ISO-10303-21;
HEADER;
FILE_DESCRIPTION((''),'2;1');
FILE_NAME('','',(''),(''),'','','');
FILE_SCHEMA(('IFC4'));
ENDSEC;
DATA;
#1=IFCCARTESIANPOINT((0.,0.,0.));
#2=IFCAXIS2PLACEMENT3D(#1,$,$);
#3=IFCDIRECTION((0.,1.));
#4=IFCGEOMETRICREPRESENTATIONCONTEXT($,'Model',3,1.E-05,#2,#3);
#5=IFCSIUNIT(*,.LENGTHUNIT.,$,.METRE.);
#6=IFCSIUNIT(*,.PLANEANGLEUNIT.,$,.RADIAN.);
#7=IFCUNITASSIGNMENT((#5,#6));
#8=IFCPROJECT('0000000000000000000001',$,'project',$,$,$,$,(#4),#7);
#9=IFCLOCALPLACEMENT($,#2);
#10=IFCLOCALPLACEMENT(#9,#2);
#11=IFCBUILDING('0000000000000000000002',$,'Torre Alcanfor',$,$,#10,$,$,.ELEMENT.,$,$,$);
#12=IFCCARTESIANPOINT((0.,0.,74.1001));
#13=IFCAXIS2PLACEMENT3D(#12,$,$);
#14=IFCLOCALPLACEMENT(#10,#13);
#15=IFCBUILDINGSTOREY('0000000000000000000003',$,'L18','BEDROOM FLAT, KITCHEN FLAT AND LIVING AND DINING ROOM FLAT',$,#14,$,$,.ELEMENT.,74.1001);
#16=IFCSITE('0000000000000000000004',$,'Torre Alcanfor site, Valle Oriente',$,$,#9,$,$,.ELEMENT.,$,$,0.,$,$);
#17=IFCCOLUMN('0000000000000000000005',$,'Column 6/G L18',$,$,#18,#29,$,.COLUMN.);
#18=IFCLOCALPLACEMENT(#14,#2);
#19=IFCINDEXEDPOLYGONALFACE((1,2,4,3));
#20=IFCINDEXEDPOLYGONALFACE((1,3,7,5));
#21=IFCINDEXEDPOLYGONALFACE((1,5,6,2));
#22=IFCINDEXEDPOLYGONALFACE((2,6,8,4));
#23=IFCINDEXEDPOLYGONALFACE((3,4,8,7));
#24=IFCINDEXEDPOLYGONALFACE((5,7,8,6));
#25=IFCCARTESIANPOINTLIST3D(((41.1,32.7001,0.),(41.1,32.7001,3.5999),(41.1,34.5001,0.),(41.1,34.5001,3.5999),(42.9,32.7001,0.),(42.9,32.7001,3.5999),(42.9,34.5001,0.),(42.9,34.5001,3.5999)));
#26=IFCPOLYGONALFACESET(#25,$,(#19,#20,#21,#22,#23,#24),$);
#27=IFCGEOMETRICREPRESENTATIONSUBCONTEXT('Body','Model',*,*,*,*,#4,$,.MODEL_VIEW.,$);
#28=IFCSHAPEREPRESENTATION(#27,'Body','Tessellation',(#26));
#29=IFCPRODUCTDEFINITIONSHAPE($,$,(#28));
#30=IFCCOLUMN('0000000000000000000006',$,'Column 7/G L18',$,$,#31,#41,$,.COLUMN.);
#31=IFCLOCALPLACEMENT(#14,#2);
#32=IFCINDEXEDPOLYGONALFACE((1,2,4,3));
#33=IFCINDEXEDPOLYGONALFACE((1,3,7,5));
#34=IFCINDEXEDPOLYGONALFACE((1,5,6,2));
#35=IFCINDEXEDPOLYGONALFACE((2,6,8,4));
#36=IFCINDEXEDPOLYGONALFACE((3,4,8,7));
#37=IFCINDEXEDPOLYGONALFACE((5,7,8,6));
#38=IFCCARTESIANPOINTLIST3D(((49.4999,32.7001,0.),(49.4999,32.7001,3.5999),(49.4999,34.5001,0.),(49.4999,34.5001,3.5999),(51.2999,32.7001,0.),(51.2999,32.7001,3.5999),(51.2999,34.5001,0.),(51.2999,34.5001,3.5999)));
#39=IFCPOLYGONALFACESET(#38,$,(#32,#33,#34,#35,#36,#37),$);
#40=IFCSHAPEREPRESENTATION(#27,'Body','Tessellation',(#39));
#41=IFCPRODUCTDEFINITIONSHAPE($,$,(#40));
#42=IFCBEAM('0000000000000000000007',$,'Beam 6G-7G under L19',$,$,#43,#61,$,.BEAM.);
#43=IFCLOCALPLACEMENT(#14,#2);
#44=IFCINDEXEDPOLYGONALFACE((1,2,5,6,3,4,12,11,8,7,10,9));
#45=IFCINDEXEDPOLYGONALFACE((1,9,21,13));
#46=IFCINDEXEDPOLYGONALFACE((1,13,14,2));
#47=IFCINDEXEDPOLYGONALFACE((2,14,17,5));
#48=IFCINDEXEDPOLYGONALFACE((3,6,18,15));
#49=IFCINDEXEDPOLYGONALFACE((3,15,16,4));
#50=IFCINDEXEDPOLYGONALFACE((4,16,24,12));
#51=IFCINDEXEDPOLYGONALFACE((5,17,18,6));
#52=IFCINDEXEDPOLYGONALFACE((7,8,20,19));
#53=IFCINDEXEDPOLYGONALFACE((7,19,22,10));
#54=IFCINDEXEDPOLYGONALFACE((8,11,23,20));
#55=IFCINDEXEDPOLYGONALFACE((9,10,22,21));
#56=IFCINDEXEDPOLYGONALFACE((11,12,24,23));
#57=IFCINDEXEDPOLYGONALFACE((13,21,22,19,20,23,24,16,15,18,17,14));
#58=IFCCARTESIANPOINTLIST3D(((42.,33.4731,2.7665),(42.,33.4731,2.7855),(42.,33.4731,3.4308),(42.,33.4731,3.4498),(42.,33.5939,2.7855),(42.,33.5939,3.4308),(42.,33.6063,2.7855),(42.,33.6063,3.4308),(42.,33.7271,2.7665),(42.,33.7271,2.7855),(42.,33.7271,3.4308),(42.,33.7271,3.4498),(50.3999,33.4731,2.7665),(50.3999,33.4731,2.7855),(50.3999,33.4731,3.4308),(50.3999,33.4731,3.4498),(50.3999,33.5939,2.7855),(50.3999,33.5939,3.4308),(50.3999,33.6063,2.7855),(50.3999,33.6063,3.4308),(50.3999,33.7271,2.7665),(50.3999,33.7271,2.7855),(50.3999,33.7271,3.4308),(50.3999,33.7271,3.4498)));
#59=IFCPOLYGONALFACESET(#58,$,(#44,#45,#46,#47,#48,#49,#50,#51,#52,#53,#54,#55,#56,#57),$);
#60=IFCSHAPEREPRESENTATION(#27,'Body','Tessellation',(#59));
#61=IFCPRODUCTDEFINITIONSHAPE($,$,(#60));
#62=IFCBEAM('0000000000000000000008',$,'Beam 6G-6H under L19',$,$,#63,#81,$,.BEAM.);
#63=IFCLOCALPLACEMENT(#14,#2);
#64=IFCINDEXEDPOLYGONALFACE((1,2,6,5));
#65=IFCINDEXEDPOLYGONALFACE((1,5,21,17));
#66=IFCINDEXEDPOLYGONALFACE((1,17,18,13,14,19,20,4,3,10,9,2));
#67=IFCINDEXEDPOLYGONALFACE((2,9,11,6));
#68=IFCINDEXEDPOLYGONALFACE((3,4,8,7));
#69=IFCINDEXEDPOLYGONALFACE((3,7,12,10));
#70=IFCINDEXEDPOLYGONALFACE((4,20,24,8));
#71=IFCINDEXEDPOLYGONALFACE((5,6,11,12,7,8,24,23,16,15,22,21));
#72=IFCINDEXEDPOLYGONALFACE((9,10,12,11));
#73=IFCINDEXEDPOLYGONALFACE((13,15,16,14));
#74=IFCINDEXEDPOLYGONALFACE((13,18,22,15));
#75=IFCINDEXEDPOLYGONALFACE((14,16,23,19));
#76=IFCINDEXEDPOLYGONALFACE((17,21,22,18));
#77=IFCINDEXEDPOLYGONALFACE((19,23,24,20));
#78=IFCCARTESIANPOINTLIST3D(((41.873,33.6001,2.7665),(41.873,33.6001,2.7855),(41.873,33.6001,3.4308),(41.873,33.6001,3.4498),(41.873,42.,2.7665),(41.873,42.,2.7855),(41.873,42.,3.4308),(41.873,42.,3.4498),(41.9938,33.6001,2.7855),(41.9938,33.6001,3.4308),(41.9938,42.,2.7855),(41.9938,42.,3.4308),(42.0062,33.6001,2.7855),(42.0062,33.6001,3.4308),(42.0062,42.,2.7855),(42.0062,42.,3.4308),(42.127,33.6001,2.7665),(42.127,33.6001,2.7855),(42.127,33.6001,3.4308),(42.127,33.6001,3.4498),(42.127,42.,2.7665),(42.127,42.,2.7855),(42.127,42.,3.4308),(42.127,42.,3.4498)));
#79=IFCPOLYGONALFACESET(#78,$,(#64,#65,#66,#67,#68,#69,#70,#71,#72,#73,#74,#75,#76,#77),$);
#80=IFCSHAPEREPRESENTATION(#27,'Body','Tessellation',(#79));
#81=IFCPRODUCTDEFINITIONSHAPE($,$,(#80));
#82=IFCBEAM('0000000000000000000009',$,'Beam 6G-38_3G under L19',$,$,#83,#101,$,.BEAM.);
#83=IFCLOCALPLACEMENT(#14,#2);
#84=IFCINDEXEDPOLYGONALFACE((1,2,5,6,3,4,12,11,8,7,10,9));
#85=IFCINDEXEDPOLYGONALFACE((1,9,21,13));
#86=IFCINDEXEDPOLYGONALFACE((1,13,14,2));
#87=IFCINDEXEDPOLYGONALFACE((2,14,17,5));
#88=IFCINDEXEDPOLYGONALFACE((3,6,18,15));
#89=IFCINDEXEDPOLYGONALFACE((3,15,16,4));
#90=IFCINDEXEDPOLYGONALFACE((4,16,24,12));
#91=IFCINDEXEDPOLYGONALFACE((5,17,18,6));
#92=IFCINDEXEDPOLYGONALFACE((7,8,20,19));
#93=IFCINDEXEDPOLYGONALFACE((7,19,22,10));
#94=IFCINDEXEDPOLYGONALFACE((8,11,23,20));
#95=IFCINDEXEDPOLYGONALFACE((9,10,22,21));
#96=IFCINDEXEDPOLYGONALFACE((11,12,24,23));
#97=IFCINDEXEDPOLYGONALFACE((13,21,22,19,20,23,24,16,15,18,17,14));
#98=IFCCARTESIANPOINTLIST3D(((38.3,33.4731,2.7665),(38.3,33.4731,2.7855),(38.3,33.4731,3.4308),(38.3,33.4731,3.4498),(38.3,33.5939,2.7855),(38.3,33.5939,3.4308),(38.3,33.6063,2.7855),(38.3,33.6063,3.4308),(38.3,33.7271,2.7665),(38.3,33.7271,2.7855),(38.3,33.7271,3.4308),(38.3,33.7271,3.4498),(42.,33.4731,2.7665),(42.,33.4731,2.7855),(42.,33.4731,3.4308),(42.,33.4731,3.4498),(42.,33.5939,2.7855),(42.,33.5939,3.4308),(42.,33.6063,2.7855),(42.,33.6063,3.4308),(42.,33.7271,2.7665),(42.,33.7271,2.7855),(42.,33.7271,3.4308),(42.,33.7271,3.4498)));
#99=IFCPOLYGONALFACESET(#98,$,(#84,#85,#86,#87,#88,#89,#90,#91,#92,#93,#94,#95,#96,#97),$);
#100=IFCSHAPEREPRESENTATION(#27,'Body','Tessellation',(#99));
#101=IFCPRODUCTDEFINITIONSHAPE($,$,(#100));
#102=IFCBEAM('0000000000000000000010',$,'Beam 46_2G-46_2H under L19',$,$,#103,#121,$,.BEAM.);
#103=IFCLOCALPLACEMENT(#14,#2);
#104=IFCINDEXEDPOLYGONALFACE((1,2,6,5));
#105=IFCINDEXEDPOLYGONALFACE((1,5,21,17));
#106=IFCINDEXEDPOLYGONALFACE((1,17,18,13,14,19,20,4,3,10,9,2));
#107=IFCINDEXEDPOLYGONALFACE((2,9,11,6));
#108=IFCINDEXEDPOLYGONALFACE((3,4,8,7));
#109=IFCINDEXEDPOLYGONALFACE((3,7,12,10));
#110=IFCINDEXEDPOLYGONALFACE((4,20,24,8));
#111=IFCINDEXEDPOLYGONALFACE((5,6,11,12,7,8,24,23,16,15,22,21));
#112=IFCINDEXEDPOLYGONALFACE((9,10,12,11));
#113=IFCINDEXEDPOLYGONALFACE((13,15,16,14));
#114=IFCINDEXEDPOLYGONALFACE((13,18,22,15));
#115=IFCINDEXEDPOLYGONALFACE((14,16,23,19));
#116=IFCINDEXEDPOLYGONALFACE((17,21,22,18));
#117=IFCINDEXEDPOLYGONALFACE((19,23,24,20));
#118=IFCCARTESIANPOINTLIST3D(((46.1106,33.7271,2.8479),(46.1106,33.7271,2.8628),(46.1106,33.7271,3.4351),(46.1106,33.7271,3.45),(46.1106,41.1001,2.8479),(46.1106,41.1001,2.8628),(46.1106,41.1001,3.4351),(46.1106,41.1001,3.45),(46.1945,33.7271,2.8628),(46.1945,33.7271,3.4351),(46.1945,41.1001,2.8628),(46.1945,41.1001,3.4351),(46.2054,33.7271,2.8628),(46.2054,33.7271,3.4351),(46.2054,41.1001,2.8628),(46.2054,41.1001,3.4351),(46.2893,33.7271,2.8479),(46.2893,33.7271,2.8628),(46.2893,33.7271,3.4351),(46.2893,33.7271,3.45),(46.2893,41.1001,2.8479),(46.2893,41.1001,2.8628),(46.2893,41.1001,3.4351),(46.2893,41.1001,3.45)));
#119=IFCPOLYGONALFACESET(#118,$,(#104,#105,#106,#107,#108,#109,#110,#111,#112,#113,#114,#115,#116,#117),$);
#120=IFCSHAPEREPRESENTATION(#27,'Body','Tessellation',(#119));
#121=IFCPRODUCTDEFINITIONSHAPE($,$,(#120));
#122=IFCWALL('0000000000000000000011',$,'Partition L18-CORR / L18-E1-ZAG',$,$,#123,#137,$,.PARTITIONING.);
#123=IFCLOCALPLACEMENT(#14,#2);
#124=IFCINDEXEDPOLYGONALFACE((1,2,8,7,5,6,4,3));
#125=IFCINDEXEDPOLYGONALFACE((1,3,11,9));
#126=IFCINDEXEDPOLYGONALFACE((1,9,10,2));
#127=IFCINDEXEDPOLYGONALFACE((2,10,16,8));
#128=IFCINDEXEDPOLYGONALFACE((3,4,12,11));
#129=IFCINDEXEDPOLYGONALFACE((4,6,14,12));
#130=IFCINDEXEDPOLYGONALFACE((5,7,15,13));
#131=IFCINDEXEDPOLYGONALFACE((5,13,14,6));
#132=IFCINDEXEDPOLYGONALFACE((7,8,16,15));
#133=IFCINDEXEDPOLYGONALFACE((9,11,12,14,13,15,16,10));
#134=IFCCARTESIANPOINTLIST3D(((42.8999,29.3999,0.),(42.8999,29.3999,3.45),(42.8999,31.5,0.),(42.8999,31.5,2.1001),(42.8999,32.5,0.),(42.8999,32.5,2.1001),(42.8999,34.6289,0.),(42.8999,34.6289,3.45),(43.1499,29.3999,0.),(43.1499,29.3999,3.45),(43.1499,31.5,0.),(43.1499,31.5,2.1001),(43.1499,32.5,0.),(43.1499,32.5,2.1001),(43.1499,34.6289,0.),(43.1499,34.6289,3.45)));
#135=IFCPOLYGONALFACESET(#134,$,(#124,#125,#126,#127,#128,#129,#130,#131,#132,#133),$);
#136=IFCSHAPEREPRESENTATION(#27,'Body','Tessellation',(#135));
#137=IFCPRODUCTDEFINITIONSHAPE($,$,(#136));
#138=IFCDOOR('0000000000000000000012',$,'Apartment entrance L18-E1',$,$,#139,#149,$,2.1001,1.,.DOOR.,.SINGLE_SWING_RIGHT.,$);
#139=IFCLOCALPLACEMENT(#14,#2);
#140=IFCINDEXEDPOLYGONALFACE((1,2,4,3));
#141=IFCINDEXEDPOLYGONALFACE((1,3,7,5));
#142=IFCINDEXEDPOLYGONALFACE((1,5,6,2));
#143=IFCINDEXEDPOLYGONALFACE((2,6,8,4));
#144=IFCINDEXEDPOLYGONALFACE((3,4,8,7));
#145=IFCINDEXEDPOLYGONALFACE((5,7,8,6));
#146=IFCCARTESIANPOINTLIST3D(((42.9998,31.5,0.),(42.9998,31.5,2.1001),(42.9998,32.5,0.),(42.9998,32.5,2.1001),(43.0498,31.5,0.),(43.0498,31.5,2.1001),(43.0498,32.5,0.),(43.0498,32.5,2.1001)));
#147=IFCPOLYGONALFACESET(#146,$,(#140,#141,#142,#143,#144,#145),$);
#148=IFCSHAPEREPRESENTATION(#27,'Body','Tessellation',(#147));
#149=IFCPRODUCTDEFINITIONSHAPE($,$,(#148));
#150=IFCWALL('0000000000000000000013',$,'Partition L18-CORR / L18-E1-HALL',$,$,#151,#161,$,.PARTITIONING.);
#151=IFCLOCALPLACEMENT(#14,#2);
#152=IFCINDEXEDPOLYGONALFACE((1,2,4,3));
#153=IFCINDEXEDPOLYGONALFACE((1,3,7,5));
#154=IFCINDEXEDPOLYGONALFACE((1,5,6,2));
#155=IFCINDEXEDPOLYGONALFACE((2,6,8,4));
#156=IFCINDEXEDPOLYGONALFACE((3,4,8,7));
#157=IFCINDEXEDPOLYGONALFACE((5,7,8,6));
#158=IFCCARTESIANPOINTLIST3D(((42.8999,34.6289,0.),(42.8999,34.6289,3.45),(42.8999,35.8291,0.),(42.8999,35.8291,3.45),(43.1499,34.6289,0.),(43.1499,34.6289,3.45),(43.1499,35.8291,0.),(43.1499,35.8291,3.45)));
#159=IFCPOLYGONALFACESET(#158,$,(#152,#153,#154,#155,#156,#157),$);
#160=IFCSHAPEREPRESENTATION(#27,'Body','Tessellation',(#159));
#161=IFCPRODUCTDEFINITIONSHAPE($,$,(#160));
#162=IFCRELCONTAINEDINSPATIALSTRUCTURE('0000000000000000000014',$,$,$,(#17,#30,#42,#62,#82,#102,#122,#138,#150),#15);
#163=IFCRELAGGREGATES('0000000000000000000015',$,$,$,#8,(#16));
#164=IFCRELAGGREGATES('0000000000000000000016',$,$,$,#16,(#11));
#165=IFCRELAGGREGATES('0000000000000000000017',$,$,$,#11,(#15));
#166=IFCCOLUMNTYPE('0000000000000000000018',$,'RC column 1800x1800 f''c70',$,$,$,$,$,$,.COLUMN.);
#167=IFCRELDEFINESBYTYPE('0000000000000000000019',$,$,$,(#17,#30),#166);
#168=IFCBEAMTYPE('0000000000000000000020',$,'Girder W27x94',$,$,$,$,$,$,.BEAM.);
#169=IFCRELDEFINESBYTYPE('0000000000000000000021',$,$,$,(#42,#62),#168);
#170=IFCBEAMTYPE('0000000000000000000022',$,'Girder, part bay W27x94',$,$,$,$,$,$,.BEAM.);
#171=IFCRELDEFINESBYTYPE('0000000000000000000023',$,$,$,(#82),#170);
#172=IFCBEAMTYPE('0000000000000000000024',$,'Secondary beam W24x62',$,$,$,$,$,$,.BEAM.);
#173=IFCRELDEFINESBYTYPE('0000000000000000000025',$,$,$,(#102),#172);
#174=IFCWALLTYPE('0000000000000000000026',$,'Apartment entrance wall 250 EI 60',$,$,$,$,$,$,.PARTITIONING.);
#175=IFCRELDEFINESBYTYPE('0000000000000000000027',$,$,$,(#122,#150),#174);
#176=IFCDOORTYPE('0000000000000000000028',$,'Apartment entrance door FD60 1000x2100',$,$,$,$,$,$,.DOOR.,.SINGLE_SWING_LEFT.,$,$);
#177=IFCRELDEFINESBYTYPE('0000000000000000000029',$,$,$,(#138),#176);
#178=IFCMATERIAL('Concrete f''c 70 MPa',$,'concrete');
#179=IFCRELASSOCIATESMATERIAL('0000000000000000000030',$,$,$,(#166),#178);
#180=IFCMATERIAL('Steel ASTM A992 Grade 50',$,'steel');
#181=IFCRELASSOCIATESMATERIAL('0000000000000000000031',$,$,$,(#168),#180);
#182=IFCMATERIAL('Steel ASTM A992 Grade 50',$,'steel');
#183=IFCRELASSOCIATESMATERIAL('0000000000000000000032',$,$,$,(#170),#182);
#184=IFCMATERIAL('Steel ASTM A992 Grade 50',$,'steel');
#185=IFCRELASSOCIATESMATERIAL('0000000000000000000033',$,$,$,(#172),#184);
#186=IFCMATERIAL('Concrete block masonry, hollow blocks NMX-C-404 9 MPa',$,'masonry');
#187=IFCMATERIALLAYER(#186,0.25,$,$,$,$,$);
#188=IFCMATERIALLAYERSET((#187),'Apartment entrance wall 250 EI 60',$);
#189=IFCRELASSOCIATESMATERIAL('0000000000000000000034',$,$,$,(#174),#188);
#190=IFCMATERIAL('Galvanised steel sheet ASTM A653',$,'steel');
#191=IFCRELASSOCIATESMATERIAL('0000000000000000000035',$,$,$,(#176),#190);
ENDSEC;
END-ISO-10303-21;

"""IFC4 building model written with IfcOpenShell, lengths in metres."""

from ifc_helpers import new_model, si_unit, direction, frame, frame_2d, origin, origin_2d, place, context, subcontext, project, spatial, rectangle, i_section, extrude, material, layer, layer_set, material_profile, profile_set, type_object, element, fill, save


model = new_model("IFC4")

# Units and contexts
model_context = context("Model", 3, precision=1e-05, world=origin(), true_north=direction((0.0, 1.0)))
body_context = subcontext(model_context, "Body", "Model", "MODEL_VIEW")
ifc_project = project(units=[si_unit("LENGTHUNIT", "METRE"), si_unit("PLANEANGLEUNIT", "RADIAN")], contexts=[model_context])

# Site, building, storey
site_placement = place(None, origin())
site = spatial("IfcSite", under=ifc_project, at=site_placement, Name="Torre Alcanfor site, Valle Oriente", CompositionType="ELEMENT", RefElevation=0.0)
building_placement = place(site_placement, origin())
building = spatial("IfcBuilding", under=site, at=building_placement, Name="Torre Alcanfor", CompositionType="ELEMENT")
storey_placement = place(building_placement, frame((0.0, 0.0, 74.1001)))
storey = spatial("IfcBuildingStorey", under=building, at=storey_placement, Name="L18", Description="BEDROOM FLAT, KITCHEN FLAT AND LIVING AND DINING ROOM FLAT", CompositionType="ELEMENT", Elevation=74.1001)

# Columns
ifc_material_1 = material(Name="Concrete f'c 70 MPa", Category="concrete")
ifc_material_profile_1 = material_profile(ifc_material_1, rectangle(XDim=1.8, YDim=1.8, at=origin_2d()), Name="1800x1800")
ifc_profile_set_1 = profile_set([ifc_material_profile_1], Name="Concrete f'c 70 MPa")
column_type = type_object("IfcColumnType", Name="RC column 1800x1800 f'c70", PredefinedType="COLUMN", material=ifc_profile_set_1)
for number, where, z_axis, x_axis, name in (
    (1, (42.0, 33.6001, 0.0), (0.0, 0.0, 1.0), (1.0, 0.0, 0.0), "Column 6/G L18"),
    (2, (50.3999, 33.6001, 0.0), (0.0, 0.0, 1.0), (1.0, 0.0, 0.0), "Column 7/G L18"),
):
    element("IfcColumn", number, at=place(storey_placement, frame(where, z_axis=z_axis, x_axis=x_axis)), inside=storey, type_object=column_type, Name=name, PredefinedType="COLUMN", context=body_context, shape_type="SweptSolid", body=[
        extrude(rectangle(XDim=1.8, YDim=1.8, at=origin_2d()), origin(), (0.0, 0.0, 1.0), 3.5999),
    ])

# Beams
ifc_material_2 = material(Name="Steel ASTM A992 Grade 50", Category="steel")
ifc_material_profile_2 = material_profile(ifc_material_2, i_section(OverallWidth=0.2539, OverallDepth=0.6833, WebThickness=0.0125, FlangeThickness=0.019, at=origin_2d()), Name="W27x94")
ifc_profile_set_2 = profile_set([ifc_material_profile_2], Name="Steel ASTM A992 Grade 50")
beam_type_1 = type_object("IfcBeamType", Name="Girder W27x94", PredefinedType="BEAM", material=ifc_profile_set_2)
for number, where, z_axis, x_axis, name in (
    (3, (42.0, 33.6001, 3.1082), (1.0, 0.0, 0.0), (0.0, 1.0, 0.0), "Beam 6G-7G under L19"),
    (4, (42.0, 33.6001, 3.1082), (0.0, 1.0, 0.0), (-1.0, 0.0, 0.0), "Beam 6G-6H under L19"),
):
    element("IfcBeam", number, at=place(storey_placement, frame(where, z_axis=z_axis, x_axis=x_axis)), inside=storey, type_object=beam_type_1, Name=name, PredefinedType="BEAM", context=body_context, shape_type="SweptSolid", body=[
        extrude(i_section(OverallWidth=0.2539, OverallDepth=0.6833, WebThickness=0.0125, FlangeThickness=0.019, at=origin_2d()), origin(), (0.0, 0.0, 1.0), 8.3999),
    ])
ifc_material_3 = material(Name="Steel ASTM A992 Grade 50", Category="steel")
ifc_material_profile_3 = material_profile(ifc_material_3, i_section(OverallWidth=0.2539, OverallDepth=0.6833, WebThickness=0.0125, FlangeThickness=0.019, at=origin_2d()), Name="W27x94")
ifc_profile_set_3 = profile_set([ifc_material_profile_3], Name="Steel ASTM A992 Grade 50")
beam_type_2 = type_object("IfcBeamType", Name="Girder, part bay W27x94", PredefinedType="BEAM", material=ifc_profile_set_3)
beam_1_placement = place(storey_placement, frame((42.0, 33.6001, 3.1082), z_axis=(-1.0, 0.0, 0.0), x_axis=(0.0, -1.0, 0.0)))
element("IfcBeam", 5, at=beam_1_placement, inside=storey, type_object=beam_type_2, Name="Beam 6G-38_3G under L19", PredefinedType="BEAM", context=body_context, shape_type="SweptSolid", body=[
    extrude(i_section(OverallWidth=0.2539, OverallDepth=0.6833, WebThickness=0.0125, FlangeThickness=0.019, at=origin_2d()), origin(), (0.0, 0.0, 1.0), 3.7),
])
ifc_material_4 = material(Name="Steel ASTM A992 Grade 50", Category="steel")
ifc_material_profile_4 = material_profile(ifc_material_4, i_section(OverallWidth=0.1787, OverallDepth=0.6021, WebThickness=0.011, FlangeThickness=0.0149, at=origin_2d()), Name="W24x62")
ifc_profile_set_4 = profile_set([ifc_material_profile_4], Name="Steel ASTM A992 Grade 50")
beam_type_3 = type_object("IfcBeamType", Name="Secondary beam W24x62", PredefinedType="BEAM", material=ifc_profile_set_4)
beam_2_placement = place(storey_placement, frame((46.2, 33.7271, 3.1489), z_axis=(0.0, 1.0, 0.0), x_axis=(-1.0, 0.0, 0.0)))
element("IfcBeam", 6, at=beam_2_placement, inside=storey, type_object=beam_type_3, Name="Beam 46_2G-46_2H under L19", PredefinedType="BEAM", context=body_context, shape_type="SweptSolid", body=[
    extrude(i_section(OverallWidth=0.1787, OverallDepth=0.6021, WebThickness=0.011, FlangeThickness=0.0149, at=origin_2d()), origin(), (0.0, 0.0, 1.0), 7.373),
])

# Wall, opening, door
ifc_material_5 = material(Name="Concrete block masonry, hollow blocks NMX-C-404 9 MPa", Category="masonry")
ifc_layer_1 = layer(ifc_material_5, 0.25)
ifc_layer_set_1 = layer_set([ifc_layer_1], Name="Apartment entrance wall 250 EI 60")
wall_type_1 = type_object("IfcWallType", Name="Apartment entrance wall 250 EI 60", PredefinedType="PARTITIONING", material=ifc_layer_set_1)
wall_1_placement = place(storey_placement, frame((43.0249, 34.6289, 0.0), z_axis=(0.0, 0.0, 1.0), x_axis=(0.0, -1.0, 0.0)))
wall_1 = element("IfcWall", 7, at=wall_1_placement, inside=storey, type_object=wall_type_1, Name="Partition L18-CORR / L18-E1-ZAG", PredefinedType="PARTITIONING", context=body_context, shape_type="SweptSolid", body=[
    extrude(rectangle(XDim=5.229, YDim=0.25, at=frame_2d((2.6145, 0.0))), origin(), (0.0, 0.0, 1.0), 3.45),
])
opening_1_placement = place(wall_1_placement, frame((2.1289, 0.0, 0.0)))
opening_1 = element("IfcOpeningElement", 8, at=opening_1_placement, cuts=wall_1, PredefinedType="OPENING", context=body_context, shape_type="SweptSolid", body=[
    extrude(rectangle(XDim=1.0, YDim=2.1001, at=frame_2d((0.5, 1.05))), frame((0.0, 0.135, 0.0), z_axis=(0.0, -1.0, 0.0), x_axis=(1.0, 0.0, 0.0)), (0.0, 0.0, 1.0), 0.27),
])
ifc_material_6 = material(Name="Galvanised steel sheet ASTM A653", Category="steel")
door_type_1 = type_object("IfcDoorType", Name="Apartment entrance door FD60 1000x2100", OperationType="SINGLE_SWING_LEFT", PredefinedType="DOOR", material=ifc_material_6)
door_1_placement = place(opening_1_placement, origin())
door_1 = element("IfcDoor", 9, at=door_1_placement, inside=storey, type_object=door_type_1, Name="Apartment entrance L18-E1", OperationType="SINGLE_SWING_RIGHT", OverallHeight=2.1001, OverallWidth=1.0, PredefinedType="DOOR", context=body_context, shape_type="SweptSolid", body=[
    extrude(rectangle(XDim=1.0, YDim=2.1001, at=frame_2d((0.5, 1.05))), frame((0.0, 0.0249, 0.0), z_axis=(0.0, -1.0, 0.0), x_axis=(1.0, 0.0, 0.0)), (0.0, 0.0, 1.0), 0.05),
])
fill(opening_1, door_1)

# Wall
wall_2_placement = place(storey_placement, frame((43.0249, 35.8291, 0.0), z_axis=(0.0, 0.0, 1.0), x_axis=(0.0, -1.0, 0.0)))
element("IfcWall", 10, at=wall_2_placement, inside=storey, type_object=wall_type_1, Name="Partition L18-CORR / L18-E1-HALL", PredefinedType="PARTITIONING", context=body_context, shape_type="SweptSolid", body=[
    extrude(rectangle(XDim=1.2002, YDim=0.25, at=frame_2d((0.6001, 0.0))), origin(), (0.0, 0.0, 1.0), 3.45),
])

save(model, "model.ifc")
